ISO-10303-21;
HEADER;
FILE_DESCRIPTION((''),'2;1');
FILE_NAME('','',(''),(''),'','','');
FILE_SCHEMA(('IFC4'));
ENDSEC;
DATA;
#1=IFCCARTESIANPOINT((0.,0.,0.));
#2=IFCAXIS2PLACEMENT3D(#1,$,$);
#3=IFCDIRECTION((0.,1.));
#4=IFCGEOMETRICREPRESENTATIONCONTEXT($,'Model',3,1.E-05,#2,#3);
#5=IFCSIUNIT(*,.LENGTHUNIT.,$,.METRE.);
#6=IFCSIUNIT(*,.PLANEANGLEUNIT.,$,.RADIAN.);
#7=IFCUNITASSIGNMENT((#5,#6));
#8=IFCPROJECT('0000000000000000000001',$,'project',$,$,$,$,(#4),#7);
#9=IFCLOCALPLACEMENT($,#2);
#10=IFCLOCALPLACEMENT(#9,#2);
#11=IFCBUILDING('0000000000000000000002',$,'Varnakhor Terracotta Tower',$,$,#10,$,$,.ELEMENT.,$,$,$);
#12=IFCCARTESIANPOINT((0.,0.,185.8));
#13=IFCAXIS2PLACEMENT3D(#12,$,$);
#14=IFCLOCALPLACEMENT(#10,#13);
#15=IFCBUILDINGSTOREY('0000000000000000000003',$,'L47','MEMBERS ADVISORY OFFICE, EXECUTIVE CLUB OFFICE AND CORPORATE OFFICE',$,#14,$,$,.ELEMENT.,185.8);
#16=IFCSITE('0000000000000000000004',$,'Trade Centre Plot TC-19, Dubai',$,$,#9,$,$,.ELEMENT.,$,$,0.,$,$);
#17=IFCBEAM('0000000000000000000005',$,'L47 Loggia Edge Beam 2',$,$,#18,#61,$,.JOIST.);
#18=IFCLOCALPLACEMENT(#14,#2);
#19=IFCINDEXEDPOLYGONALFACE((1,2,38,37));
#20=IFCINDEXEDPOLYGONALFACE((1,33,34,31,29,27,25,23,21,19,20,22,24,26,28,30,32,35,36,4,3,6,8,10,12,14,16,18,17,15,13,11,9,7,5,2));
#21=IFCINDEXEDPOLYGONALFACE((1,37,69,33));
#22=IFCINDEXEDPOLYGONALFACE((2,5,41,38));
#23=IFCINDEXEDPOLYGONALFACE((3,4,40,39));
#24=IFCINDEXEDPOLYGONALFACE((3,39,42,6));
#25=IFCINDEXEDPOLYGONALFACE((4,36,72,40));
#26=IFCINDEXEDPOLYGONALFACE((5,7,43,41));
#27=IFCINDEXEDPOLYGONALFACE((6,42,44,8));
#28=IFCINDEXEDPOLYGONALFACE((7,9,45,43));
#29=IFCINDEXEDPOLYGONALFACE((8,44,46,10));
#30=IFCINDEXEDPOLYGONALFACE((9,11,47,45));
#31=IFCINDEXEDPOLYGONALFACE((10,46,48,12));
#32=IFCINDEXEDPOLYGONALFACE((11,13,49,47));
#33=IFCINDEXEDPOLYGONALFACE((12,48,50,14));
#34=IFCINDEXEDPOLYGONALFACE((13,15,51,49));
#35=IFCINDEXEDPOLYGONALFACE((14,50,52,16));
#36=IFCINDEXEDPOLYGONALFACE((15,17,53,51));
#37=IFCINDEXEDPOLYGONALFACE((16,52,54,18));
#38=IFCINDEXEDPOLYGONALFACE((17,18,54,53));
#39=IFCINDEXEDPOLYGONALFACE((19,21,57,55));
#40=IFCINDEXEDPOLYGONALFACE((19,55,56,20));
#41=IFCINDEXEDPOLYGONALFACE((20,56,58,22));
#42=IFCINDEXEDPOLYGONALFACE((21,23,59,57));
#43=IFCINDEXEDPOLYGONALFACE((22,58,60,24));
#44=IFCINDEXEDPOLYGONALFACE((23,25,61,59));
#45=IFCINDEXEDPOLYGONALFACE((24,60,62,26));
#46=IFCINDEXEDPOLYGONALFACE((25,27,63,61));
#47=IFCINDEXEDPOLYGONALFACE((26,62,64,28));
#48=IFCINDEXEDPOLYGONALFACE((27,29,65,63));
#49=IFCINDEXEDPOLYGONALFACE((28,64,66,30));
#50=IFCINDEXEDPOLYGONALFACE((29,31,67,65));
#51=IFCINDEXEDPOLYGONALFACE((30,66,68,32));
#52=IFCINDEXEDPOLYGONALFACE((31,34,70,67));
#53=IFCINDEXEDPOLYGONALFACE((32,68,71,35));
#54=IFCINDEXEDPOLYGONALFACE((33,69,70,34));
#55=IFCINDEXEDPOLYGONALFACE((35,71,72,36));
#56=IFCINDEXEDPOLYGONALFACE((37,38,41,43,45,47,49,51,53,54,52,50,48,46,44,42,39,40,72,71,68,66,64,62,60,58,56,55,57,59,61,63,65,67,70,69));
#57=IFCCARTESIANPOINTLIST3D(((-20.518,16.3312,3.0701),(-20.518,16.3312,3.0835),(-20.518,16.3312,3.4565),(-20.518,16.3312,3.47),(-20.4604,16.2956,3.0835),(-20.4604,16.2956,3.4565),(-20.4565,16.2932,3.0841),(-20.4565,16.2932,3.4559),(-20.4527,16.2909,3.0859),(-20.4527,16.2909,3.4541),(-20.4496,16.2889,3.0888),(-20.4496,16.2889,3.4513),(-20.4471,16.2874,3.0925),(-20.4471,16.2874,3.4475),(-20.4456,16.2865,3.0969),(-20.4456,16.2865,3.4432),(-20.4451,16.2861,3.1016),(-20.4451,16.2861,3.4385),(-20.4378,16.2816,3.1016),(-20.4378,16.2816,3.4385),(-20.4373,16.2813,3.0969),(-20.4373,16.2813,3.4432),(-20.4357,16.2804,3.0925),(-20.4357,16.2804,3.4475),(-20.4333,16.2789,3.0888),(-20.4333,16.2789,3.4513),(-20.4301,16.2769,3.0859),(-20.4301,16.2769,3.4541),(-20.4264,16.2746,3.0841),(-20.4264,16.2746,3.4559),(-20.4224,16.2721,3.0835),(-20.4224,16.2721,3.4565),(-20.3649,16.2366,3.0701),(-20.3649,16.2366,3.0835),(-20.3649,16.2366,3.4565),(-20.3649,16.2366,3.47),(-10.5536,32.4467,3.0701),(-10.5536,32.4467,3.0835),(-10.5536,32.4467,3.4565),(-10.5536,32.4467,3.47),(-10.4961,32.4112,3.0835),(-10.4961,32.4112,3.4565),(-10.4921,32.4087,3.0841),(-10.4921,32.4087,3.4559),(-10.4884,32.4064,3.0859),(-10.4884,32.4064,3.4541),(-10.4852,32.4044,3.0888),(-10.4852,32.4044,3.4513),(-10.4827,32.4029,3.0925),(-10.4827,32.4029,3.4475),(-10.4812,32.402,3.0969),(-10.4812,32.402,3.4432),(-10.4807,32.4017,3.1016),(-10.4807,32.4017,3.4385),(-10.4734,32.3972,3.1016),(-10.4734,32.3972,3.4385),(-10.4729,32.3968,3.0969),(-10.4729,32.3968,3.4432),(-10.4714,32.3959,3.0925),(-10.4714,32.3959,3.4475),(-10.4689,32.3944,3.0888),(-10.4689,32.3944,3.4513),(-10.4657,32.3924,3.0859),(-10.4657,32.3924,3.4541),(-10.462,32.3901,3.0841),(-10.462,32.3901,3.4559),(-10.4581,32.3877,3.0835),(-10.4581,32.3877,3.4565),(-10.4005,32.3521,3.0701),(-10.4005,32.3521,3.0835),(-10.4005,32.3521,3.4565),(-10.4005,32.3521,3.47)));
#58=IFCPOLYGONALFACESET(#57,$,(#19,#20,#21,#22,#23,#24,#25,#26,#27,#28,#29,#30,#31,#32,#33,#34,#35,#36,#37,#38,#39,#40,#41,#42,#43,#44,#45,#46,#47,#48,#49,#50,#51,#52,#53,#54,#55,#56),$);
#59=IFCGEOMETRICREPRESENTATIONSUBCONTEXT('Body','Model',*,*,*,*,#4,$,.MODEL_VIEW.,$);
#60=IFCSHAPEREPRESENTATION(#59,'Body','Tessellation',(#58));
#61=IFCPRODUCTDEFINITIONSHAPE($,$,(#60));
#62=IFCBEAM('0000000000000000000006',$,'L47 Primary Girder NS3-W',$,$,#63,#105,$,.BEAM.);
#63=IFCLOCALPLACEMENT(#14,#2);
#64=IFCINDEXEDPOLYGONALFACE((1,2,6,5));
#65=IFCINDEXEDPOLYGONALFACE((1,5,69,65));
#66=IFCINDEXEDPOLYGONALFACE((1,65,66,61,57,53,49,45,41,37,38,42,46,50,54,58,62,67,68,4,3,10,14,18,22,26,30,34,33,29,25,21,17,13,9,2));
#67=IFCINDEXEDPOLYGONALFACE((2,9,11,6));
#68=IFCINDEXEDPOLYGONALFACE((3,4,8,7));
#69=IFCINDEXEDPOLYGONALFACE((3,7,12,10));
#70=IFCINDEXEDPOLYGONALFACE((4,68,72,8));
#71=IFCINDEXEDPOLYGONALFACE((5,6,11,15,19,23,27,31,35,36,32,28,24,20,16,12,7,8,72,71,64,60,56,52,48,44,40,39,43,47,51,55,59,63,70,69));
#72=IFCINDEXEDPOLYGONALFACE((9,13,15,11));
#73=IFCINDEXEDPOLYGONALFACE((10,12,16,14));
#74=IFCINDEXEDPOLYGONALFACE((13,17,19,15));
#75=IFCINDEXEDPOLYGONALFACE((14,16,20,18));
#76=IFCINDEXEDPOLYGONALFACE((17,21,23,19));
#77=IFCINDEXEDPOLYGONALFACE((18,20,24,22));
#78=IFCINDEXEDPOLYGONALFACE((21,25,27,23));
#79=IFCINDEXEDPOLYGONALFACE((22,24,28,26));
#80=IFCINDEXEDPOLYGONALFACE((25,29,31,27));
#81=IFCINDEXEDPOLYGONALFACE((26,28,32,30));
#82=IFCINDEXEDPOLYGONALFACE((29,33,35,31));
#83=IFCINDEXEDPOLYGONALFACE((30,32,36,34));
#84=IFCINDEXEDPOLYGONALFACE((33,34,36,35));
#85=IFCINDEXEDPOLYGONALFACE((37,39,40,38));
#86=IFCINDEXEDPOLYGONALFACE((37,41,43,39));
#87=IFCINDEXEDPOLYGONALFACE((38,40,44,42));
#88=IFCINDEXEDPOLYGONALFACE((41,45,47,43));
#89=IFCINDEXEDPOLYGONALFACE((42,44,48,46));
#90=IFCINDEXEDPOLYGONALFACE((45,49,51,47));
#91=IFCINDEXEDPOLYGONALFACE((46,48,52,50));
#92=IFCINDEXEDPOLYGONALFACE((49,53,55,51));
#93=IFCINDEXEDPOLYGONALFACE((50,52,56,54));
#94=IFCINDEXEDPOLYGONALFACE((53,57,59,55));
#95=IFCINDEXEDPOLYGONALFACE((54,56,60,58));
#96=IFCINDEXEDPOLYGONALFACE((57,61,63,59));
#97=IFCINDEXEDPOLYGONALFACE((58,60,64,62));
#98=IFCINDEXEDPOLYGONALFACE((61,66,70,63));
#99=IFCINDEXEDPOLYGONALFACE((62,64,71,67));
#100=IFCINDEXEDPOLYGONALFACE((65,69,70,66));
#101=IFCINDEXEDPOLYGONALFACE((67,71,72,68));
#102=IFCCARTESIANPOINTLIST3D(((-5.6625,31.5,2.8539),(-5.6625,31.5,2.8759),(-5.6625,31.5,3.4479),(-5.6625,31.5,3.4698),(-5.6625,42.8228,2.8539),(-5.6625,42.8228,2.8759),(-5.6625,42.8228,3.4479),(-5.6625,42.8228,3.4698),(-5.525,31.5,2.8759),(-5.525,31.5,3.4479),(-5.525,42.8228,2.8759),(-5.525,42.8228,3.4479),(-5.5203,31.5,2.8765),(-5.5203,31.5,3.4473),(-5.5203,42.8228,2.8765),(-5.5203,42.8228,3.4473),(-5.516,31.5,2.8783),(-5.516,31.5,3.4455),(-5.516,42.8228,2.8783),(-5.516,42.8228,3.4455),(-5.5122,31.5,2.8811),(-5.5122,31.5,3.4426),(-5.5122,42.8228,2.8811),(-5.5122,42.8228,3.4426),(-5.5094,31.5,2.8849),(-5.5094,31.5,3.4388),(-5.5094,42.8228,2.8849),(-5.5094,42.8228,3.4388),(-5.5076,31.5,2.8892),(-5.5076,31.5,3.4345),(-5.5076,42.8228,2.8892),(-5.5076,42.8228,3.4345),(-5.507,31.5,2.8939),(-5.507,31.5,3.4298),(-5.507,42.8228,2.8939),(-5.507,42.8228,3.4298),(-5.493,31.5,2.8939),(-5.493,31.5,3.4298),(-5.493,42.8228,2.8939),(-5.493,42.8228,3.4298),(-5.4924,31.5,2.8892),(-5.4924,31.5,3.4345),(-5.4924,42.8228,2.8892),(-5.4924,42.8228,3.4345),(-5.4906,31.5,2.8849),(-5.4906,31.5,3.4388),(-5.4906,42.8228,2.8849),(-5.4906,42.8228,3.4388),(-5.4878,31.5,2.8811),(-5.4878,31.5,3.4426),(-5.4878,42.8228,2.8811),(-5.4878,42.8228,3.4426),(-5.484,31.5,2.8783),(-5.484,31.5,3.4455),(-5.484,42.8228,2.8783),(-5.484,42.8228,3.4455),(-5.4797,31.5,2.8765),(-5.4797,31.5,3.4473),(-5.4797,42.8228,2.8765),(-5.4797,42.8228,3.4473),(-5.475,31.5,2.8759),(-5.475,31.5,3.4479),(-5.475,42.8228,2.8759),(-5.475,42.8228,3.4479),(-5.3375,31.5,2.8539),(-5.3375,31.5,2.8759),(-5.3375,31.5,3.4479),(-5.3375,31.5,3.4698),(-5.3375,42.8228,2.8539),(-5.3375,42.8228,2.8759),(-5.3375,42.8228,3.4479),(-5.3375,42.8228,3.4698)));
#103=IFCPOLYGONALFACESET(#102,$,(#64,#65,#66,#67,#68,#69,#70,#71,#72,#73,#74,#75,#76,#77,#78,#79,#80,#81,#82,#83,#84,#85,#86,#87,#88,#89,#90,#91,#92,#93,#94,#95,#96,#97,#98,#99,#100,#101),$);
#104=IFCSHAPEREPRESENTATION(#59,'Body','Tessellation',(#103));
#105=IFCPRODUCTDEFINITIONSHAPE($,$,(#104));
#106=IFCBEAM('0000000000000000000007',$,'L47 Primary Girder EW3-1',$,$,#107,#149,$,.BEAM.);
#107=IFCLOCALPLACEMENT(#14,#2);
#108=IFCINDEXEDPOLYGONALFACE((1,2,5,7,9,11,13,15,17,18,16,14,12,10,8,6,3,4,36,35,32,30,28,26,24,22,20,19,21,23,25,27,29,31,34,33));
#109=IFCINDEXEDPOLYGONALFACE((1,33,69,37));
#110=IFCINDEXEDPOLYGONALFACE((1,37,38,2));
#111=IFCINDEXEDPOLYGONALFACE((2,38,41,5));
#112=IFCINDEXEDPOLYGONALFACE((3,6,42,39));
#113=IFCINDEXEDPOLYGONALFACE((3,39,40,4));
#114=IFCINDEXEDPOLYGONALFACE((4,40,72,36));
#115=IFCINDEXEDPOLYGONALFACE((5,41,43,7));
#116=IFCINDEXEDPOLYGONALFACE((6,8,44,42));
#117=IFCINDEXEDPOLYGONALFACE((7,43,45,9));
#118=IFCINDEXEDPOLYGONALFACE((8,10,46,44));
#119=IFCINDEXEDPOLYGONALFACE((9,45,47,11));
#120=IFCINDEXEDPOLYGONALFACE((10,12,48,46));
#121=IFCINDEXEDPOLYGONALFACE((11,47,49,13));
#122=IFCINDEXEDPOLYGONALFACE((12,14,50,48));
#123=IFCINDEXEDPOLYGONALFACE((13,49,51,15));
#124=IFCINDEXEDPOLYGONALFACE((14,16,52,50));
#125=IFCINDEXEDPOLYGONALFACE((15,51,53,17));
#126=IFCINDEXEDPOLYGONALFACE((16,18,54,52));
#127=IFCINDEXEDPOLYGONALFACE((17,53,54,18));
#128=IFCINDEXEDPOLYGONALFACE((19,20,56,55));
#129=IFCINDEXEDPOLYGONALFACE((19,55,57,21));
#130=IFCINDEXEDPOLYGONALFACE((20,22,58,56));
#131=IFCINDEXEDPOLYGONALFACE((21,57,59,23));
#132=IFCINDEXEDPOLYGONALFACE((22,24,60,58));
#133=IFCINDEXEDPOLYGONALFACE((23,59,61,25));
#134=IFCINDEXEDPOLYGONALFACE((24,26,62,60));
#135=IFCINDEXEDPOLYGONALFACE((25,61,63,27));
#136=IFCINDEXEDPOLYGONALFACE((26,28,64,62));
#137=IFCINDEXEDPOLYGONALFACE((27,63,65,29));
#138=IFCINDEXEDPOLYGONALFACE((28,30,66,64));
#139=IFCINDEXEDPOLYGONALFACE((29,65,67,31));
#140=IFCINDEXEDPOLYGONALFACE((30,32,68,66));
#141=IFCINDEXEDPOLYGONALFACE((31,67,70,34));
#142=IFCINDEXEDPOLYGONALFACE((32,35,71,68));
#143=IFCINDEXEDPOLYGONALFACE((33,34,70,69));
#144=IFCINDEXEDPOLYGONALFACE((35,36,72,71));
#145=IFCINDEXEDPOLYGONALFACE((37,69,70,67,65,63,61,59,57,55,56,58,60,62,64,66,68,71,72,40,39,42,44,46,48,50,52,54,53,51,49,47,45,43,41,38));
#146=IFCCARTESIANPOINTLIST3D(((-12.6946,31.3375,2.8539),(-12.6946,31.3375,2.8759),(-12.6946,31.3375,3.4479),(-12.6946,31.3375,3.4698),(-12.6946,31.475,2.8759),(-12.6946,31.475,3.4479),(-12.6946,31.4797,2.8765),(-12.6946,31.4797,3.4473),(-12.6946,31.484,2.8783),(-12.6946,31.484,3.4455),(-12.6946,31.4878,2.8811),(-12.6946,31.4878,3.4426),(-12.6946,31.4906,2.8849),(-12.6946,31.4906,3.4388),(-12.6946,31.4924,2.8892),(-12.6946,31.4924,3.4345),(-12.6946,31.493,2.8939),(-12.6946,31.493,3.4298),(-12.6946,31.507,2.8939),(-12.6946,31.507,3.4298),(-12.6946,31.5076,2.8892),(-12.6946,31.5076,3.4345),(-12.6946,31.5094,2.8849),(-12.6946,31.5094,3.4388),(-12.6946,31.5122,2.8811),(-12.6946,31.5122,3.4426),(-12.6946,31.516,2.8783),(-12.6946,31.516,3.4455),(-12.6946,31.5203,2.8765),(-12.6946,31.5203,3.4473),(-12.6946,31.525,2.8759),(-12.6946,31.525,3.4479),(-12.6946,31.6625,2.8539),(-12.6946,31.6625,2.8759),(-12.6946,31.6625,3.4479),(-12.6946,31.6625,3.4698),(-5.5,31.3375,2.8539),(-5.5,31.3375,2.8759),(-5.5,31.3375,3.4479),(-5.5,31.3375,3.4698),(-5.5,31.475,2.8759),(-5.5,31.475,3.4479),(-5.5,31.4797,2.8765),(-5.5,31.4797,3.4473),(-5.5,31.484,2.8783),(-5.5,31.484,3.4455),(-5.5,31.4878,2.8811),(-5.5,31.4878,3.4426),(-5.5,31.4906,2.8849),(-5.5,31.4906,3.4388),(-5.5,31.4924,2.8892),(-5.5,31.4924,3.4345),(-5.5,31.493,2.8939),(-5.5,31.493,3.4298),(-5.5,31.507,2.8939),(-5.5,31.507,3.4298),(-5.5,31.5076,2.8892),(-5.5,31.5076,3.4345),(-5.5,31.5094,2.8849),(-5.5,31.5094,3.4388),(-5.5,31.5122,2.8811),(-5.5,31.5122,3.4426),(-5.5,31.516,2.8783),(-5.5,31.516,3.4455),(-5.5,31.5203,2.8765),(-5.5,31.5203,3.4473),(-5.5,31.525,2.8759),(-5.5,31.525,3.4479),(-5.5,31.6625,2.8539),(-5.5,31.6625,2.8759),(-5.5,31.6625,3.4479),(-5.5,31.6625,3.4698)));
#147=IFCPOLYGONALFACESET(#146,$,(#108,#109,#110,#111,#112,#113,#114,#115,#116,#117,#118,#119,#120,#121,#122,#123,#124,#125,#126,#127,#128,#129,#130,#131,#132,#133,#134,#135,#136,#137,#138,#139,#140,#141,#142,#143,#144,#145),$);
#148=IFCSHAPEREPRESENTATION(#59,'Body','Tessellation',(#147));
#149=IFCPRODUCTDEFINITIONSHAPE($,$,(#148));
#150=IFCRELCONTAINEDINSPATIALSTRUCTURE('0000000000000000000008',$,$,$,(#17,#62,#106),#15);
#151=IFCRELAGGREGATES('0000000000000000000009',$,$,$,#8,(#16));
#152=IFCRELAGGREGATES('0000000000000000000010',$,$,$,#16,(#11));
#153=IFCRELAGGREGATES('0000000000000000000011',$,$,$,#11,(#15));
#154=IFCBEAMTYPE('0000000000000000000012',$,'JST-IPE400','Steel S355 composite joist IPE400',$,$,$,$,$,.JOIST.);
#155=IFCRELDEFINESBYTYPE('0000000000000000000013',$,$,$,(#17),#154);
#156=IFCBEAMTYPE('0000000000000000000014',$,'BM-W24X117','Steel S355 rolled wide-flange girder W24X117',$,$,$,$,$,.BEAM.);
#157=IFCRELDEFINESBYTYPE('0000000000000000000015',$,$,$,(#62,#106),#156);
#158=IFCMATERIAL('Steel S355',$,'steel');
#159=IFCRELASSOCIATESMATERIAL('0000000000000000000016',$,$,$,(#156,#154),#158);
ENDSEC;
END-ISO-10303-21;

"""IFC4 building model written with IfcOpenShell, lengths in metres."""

from ifc_helpers import new_model, si_unit, direction, frame, origin, origin_2d, place, context, subcontext, project, spatial, i_section, extrude, source, transform, mapped, material, material_profile, profile_set, type_object, element, save


model = new_model("IFC4")

# Units and contexts
model_context = context("Model", 3, precision=1e-05, world=origin(), true_north=direction((0.0, 1.0)))
body_context = subcontext(model_context, "Body", "Model", "MODEL_VIEW")
ifc_project = project(units=[si_unit("LENGTHUNIT", "METRE"), si_unit("PLANEANGLEUNIT", "RADIAN")], contexts=[model_context])

# Site, building, storey
site_placement = place(None, origin())
site = spatial("IfcSite", under=ifc_project, at=site_placement, Name="Trade Centre Plot TC-19, Dubai", CompositionType="ELEMENT", RefElevation=0.0)
building_placement = place(site_placement, origin())
building = spatial("IfcBuilding", under=site, at=building_placement, Name="Varnakhor Terracotta Tower", CompositionType="ELEMENT")
storey_placement = place(building_placement, frame((0.0, 0.0, 185.8)))
storey = spatial("IfcBuildingStorey", under=building, at=storey_placement, Name="L47", Description="MEMBERS ADVISORY OFFICE, EXECUTIVE CLUB OFFICE AND CORPORATE OFFICE", CompositionType="ELEMENT", Elevation=185.8)

# Beams
ifc_material_1 = material(Name="Steel S355", Category="steel")
ifc_material_profile_1 = material_profile(ifc_material_1, i_section(OverallWidth=0.325, OverallDepth=0.616, WebThickness=0.0139, FlangeThickness=0.022, FilletRadius=0.0181, at=origin_2d()), Name="W24X117")
ifc_profile_set_1 = profile_set([ifc_material_profile_1], Name="Steel S355")
beam_type_1 = type_object("IfcBeamType", Name="BM-W24X117", Description="Steel S355 rolled wide-flange girder W24X117", PredefinedType="BEAM", material=ifc_profile_set_1)
ifc_material_profile_2 = material_profile(ifc_material_1, i_section(OverallWidth=0.1799, OverallDepth=0.3999, WebThickness=0.0085, FlangeThickness=0.0134, FilletRadius=0.0181, at=origin_2d()), Name="IPE400")
ifc_profile_set_2 = profile_set([ifc_material_profile_2], Name="Steel S355")
beam_type_2 = type_object("IfcBeamType", Name="JST-IPE400", Description="Steel S355 composite joist IPE400", PredefinedType="JOIST", material=ifc_profile_set_2)
shared_shape_1 = source(origin(), body_context, "Body", "SweptSolid", [
    extrude(i_section(OverallWidth=0.1799, OverallDepth=0.3999, WebThickness=0.0085, FlangeThickness=0.0134, FilletRadius=0.0181, at=origin_2d()), origin(), (0.0, 0.0, 1.0), 18.9473),
])
beam_1_placement = place(storey_placement, frame((-10.4771, 32.3994, 3.27), z_axis=(-0.525901, -0.850546, 0.0), x_axis=(0.850546, -0.525901, 0.0)))
element("IfcBeam", 1, at=beam_1_placement, inside=storey, type_object=beam_type_2, Name="L47 Loggia Edge Beam 2", PredefinedType="JOIST", context=body_context, shape_type="MappedRepresentation", body=[
    mapped(shared_shape_1, transform((0.0, 0.0, 0.0), scale=1.0)),
])
shared_shape_2 = source(origin(), body_context, "Body", "SweptSolid", [
    extrude(i_section(OverallWidth=0.325, OverallDepth=0.616, WebThickness=0.0139, FlangeThickness=0.022, FilletRadius=0.0181, at=origin_2d()), origin(), (0.0, 0.0, 1.0), 11.3228),
])
beam_2_placement = place(storey_placement, frame((-5.5, 31.5, 3.1619), z_axis=(0.0, 1.0, 0.0), x_axis=(-1.0, 0.0, 0.0)))
element("IfcBeam", 2, at=beam_2_placement, inside=storey, type_object=beam_type_1, Name="L47 Primary Girder NS3-W", PredefinedType="BEAM", context=body_context, shape_type="MappedRepresentation", body=[
    mapped(shared_shape_2, transform((0.0, 0.0, 0.0), scale=1.0)),
])
shared_shape_3 = source(origin(), body_context, "Body", "SweptSolid", [
    extrude(i_section(OverallWidth=0.325, OverallDepth=0.616, WebThickness=0.0139, FlangeThickness=0.022, FilletRadius=0.0181, at=origin_2d()), origin(), (0.0, 0.0, 1.0), 7.1946),
])
beam_3_placement = place(storey_placement, frame((-12.6946, 31.5, 3.1619), z_axis=(1.0, 0.0, 0.0), x_axis=(0.0, 1.0, 0.0)))
element("IfcBeam", 3, at=beam_3_placement, inside=storey, type_object=beam_type_1, Name="L47 Primary Girder EW3-1", PredefinedType="BEAM", context=body_context, shape_type="MappedRepresentation", body=[
    mapped(shared_shape_3, transform((0.0, 0.0, 0.0), scale=1.0)),
])

save(model, "model.ifc")
